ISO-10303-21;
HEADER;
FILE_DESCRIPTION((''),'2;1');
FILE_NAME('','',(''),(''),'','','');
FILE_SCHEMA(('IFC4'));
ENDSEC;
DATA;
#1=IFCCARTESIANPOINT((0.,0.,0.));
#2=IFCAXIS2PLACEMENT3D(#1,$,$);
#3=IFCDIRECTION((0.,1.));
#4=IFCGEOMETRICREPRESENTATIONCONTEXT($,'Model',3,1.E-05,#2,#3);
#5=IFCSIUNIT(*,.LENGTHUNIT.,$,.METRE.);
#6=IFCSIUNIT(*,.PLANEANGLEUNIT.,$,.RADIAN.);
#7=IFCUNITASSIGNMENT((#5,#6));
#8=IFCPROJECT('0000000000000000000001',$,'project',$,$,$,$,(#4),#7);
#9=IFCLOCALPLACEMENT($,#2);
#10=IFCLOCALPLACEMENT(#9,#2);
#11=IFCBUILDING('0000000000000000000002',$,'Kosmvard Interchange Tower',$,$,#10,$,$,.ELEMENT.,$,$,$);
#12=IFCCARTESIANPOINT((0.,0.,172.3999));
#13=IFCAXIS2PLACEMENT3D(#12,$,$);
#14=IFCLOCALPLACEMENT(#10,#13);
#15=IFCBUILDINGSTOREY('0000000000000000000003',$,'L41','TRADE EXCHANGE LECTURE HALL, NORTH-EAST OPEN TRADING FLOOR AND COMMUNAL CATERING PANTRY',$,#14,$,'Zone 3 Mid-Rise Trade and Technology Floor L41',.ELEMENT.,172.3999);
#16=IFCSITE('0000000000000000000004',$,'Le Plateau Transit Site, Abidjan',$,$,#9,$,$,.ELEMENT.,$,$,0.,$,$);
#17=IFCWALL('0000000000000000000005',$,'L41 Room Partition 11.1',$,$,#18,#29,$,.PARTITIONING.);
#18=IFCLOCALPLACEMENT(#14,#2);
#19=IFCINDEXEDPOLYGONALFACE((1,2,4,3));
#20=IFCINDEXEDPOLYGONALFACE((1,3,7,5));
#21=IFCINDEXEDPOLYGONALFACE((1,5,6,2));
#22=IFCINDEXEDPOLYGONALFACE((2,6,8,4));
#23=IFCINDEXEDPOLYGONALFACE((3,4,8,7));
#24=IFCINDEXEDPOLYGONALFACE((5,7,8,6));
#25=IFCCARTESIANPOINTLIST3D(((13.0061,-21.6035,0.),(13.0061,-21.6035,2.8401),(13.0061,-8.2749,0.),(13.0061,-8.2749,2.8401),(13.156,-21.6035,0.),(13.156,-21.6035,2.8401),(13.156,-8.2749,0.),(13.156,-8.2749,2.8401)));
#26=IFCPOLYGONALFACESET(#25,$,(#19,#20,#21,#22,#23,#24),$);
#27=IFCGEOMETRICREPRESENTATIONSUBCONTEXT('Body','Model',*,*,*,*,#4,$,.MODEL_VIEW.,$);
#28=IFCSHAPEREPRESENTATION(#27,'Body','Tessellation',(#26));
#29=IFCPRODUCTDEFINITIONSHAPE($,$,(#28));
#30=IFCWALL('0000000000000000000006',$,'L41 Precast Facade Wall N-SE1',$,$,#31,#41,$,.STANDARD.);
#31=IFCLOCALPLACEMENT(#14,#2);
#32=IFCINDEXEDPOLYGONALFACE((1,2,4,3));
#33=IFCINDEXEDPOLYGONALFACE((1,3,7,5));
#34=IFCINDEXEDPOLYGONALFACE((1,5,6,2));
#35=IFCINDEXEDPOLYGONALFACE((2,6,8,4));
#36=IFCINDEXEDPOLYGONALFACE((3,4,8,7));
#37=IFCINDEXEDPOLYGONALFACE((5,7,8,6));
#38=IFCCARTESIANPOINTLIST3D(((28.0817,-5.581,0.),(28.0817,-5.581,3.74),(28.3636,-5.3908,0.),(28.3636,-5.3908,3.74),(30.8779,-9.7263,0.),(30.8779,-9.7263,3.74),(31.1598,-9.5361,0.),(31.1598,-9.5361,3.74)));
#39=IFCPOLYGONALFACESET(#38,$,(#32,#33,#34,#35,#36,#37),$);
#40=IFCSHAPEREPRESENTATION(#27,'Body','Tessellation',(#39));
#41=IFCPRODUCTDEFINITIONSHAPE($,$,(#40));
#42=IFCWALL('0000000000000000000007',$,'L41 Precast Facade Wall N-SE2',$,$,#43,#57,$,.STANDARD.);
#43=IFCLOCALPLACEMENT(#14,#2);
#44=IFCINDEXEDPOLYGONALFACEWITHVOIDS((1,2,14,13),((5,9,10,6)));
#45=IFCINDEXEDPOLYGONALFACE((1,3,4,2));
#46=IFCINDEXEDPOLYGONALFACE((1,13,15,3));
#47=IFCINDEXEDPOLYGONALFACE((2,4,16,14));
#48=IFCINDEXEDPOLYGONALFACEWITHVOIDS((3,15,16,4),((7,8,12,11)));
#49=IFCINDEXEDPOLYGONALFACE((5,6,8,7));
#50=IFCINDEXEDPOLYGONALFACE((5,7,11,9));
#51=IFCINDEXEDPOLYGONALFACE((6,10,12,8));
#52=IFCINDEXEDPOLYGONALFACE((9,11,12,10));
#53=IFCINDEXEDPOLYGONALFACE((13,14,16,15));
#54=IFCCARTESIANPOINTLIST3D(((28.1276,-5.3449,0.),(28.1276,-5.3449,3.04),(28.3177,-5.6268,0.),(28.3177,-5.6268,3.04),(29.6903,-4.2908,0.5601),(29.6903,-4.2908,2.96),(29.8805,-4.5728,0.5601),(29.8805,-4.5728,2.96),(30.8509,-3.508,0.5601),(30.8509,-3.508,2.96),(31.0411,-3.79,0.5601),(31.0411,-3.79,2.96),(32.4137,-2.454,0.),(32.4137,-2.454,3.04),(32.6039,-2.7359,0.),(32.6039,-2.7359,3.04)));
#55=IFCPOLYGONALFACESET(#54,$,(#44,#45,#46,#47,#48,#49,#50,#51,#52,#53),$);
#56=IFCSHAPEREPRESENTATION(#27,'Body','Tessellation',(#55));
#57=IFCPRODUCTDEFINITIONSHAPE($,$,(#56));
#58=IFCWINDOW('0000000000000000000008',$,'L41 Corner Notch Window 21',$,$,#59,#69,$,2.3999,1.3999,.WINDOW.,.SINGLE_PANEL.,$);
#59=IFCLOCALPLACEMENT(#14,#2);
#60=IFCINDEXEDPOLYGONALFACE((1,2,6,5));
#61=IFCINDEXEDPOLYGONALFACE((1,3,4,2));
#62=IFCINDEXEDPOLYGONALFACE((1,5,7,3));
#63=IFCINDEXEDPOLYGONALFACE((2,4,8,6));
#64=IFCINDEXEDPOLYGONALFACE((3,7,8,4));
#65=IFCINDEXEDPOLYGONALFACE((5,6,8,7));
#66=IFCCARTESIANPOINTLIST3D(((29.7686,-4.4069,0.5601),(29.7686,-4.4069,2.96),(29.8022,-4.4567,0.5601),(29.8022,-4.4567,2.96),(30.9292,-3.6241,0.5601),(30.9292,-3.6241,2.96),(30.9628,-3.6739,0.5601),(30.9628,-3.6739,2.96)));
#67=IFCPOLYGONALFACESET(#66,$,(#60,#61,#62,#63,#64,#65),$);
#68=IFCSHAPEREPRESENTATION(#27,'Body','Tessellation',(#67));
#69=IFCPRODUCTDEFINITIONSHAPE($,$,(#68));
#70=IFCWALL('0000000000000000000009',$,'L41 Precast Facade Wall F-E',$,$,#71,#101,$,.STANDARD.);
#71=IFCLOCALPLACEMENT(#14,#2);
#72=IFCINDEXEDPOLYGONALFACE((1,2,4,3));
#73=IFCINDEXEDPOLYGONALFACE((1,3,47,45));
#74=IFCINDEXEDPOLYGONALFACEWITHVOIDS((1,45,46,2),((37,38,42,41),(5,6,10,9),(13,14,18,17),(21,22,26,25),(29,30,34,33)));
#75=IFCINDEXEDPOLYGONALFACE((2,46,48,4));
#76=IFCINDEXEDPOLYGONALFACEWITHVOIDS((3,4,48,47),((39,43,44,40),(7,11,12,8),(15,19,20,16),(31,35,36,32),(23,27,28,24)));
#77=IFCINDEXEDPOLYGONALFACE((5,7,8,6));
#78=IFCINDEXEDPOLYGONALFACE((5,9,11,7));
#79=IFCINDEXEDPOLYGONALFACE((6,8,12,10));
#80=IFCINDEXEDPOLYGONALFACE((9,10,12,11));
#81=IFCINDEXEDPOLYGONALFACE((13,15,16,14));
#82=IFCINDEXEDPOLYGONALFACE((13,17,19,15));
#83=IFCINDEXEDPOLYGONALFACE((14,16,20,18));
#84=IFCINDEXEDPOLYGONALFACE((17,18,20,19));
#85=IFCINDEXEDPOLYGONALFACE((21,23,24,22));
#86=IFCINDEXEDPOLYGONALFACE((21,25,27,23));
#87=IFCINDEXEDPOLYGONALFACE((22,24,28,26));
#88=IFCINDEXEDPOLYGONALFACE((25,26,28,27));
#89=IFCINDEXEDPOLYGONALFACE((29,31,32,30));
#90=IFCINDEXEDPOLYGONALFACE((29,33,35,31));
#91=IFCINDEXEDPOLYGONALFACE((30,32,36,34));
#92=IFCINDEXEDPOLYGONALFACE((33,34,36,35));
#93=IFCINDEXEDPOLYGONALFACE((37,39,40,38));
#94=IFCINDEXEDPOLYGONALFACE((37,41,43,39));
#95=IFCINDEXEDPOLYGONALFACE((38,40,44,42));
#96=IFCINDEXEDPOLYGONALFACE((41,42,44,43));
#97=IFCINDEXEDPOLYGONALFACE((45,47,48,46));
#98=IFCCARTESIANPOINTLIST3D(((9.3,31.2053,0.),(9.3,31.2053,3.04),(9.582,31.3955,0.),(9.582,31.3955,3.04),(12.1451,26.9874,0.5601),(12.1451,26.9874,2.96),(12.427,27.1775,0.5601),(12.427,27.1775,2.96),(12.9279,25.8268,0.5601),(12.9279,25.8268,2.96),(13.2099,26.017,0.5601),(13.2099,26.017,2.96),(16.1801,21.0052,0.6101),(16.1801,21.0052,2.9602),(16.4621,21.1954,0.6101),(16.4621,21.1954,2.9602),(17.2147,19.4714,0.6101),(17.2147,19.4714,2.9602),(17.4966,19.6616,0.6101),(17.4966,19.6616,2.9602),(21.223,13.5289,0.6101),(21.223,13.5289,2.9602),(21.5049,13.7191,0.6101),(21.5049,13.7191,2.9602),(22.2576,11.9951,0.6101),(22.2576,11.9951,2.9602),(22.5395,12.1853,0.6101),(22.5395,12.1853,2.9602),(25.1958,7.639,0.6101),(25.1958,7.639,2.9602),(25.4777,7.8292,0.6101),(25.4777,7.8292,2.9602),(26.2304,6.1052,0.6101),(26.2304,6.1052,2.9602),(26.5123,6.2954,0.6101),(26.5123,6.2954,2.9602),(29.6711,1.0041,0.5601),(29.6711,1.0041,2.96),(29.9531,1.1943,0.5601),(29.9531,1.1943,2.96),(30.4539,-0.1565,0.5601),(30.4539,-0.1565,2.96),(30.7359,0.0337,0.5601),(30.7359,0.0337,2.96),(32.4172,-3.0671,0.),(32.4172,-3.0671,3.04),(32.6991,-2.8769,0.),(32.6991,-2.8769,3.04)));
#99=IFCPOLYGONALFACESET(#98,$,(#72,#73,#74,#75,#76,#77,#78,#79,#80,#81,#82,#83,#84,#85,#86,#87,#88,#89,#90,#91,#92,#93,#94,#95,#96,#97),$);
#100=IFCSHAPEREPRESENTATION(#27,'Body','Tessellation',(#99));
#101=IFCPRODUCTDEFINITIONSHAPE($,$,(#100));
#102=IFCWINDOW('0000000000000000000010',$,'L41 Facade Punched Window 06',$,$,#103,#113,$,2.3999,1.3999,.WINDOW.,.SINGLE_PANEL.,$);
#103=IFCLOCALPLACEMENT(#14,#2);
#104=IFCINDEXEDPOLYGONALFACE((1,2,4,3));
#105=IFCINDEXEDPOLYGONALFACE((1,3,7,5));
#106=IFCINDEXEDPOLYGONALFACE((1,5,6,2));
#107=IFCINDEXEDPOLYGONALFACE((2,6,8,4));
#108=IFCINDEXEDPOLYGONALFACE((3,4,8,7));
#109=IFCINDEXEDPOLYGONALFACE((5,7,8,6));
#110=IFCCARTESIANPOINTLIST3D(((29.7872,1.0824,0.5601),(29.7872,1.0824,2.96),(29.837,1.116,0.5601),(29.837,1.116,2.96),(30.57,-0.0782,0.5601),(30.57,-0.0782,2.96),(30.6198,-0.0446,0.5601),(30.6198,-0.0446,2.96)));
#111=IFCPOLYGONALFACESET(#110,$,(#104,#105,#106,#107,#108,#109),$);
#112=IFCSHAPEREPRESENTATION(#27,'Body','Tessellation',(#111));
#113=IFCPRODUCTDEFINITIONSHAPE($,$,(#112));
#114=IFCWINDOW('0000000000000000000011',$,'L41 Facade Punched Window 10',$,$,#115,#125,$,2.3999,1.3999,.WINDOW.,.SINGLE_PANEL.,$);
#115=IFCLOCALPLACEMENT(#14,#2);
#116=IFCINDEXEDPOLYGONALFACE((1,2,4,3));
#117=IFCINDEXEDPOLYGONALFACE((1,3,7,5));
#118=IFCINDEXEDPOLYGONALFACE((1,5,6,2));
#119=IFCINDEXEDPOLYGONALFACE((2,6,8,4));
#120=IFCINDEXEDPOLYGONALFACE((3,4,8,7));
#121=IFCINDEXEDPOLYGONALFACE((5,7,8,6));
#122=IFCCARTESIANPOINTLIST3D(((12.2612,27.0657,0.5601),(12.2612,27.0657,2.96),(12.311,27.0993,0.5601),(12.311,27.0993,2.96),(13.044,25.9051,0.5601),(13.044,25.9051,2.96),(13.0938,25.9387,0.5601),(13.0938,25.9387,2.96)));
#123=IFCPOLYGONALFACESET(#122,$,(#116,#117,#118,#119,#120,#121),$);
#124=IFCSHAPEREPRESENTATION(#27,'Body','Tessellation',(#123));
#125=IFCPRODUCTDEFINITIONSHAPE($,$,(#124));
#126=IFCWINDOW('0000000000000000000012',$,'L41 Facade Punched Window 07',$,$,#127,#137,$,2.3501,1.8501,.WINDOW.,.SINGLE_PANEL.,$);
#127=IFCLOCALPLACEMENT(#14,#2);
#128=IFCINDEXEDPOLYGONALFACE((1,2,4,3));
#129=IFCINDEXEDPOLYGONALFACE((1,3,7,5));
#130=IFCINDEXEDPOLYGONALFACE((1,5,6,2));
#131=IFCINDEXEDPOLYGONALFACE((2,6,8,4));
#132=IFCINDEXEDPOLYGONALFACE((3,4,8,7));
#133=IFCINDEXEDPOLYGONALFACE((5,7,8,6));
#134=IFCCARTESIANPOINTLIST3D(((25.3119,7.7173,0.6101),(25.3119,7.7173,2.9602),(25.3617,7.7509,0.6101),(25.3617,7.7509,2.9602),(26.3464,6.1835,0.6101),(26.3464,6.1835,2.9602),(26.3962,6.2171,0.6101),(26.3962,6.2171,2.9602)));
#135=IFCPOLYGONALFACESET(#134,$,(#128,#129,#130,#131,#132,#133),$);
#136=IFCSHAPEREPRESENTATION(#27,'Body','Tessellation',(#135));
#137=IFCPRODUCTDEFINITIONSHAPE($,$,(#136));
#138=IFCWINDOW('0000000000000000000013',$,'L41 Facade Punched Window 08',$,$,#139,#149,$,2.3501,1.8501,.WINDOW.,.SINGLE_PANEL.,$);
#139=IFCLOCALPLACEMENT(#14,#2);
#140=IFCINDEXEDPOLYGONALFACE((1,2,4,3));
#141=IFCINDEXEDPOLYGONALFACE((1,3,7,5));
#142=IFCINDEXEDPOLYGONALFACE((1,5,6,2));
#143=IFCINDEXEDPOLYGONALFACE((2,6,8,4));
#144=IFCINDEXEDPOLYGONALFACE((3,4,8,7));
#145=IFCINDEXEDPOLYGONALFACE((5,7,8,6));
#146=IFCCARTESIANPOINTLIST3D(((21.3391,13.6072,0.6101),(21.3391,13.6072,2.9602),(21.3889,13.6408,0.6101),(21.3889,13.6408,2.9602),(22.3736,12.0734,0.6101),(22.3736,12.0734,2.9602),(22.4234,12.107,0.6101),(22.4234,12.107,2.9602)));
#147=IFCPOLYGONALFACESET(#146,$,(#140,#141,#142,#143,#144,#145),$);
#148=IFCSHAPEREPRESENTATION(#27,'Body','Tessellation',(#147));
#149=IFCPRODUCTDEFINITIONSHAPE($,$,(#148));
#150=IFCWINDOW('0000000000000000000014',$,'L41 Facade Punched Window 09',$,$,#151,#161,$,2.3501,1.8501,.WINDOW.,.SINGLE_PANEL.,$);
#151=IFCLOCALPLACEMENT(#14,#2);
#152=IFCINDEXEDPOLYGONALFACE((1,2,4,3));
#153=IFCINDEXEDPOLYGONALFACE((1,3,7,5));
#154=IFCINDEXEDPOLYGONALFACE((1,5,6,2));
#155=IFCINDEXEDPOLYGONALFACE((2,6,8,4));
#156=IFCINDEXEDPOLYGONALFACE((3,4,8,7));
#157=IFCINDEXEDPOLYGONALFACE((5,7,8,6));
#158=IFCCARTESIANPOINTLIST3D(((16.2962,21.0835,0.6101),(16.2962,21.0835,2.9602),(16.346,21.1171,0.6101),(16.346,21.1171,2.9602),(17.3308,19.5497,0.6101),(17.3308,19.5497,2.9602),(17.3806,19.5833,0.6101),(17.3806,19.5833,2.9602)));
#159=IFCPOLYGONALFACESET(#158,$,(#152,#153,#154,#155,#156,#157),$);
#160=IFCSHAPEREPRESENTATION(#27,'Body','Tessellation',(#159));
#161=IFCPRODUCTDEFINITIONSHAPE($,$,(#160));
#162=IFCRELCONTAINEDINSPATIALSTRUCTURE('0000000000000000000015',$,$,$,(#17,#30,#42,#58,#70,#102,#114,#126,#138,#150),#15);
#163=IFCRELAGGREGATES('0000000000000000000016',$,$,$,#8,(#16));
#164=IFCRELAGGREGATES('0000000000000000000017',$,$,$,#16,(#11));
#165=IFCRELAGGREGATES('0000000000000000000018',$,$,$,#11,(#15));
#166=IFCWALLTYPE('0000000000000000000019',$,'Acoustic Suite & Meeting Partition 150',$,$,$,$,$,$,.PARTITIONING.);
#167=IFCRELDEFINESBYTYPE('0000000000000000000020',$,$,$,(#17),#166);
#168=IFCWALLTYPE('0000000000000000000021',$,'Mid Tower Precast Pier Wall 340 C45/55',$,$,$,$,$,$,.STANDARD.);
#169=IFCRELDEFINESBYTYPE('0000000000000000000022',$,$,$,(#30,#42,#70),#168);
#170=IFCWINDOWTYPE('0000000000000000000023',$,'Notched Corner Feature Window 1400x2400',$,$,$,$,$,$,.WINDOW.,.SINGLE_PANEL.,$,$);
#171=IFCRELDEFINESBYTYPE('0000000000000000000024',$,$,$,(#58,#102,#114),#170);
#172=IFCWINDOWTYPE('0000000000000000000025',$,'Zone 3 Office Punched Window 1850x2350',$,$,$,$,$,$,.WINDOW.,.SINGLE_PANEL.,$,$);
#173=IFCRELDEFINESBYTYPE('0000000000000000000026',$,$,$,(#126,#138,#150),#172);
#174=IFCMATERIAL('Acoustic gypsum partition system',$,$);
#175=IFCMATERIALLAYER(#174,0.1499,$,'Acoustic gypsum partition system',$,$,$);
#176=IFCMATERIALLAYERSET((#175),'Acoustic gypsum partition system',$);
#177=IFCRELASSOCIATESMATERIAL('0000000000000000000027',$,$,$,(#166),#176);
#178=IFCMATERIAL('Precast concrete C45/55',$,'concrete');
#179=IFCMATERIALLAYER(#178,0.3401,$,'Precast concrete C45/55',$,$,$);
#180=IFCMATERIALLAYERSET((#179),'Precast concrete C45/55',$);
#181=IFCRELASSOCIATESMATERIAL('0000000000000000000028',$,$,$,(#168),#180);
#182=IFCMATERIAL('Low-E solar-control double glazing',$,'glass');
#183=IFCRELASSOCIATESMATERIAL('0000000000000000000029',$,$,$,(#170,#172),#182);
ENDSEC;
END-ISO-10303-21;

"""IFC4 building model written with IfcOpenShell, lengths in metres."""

from ifc_helpers import new_model, si_unit, direction, frame, frame_2d, origin, place, context, subcontext, project, spatial, rectangle, extrude, source, transform, mapped, material, layer, layer_set, type_object, element, fill, save


model = new_model("IFC4")

# Units and contexts
model_context = context("Model", 3, precision=1e-05, world=origin(), true_north=direction((0.0, 1.0)))
body_context = subcontext(model_context, "Body", "Model", "MODEL_VIEW")
ifc_project = project(units=[si_unit("LENGTHUNIT", "METRE"), si_unit("PLANEANGLEUNIT", "RADIAN")], contexts=[model_context])

# Site, building, storey
site_placement = place(None, origin())
site = spatial("IfcSite", under=ifc_project, at=site_placement, Name="Le Plateau Transit Site, Abidjan", CompositionType="ELEMENT", RefElevation=0.0)
building_placement = place(site_placement, origin())
building = spatial("IfcBuilding", under=site, at=building_placement, Name="Kosmvard Interchange Tower", CompositionType="ELEMENT")
storey_placement = place(building_placement, frame((0.0, 0.0, 172.3999)))
storey = spatial("IfcBuildingStorey", under=building, at=storey_placement, Name="L41", Description="TRADE EXCHANGE LECTURE HALL, NORTH-EAST OPEN TRADING FLOOR AND COMMUNAL CATERING PANTRY", LongName="Zone 3 Mid-Rise Trade and Technology Floor L41", CompositionType="ELEMENT", Elevation=172.3999)

# Shared definitions
ifc_material_1 = material(Name="Precast concrete C45/55", Category="concrete")

# Walls
ifc_material_2 = material(Name="Acoustic gypsum partition system")
ifc_layer_1 = layer(ifc_material_2, 0.1499, Name="Acoustic gypsum partition system")
ifc_layer_set_1 = layer_set([ifc_layer_1], Name="Acoustic gypsum partition system")
wall_type_1 = type_object("IfcWallType", Name="Acoustic Suite & Meeting Partition 150", PredefinedType="PARTITIONING", material=ifc_layer_set_1)
wall_1_placement = place(storey_placement, frame((13.0811, -8.2749, 0.0), z_axis=(0.0, 0.0, 1.0), x_axis=(0.0, -1.0, 0.0)))
element("IfcWall", 1, at=wall_1_placement, inside=storey, type_object=wall_type_1, Name="L41 Room Partition 11.1", PredefinedType="PARTITIONING", context=body_context, shape_type="SweptSolid", body=[
    extrude(rectangle(XDim=13.3286, YDim=0.1499, at=frame_2d((6.6643, 0.0))), origin(), (0.0, 0.0, 1.0), 2.8401),
])
ifc_layer_2 = layer(ifc_material_1, 0.3401, Name="Precast concrete C45/55")
ifc_layer_set_2 = layer_set([ifc_layer_2], Name="Precast concrete C45/55")
wall_type_2 = type_object("IfcWallType", Name="Mid Tower Precast Pier Wall 340 C45/55", PredefinedType="STANDARD", material=ifc_layer_set_2)
wall_2_placement = place(storey_placement, frame((31.0188, -9.6311, 0.0), z_axis=(0.0, 0.0, 1.0), x_axis=(-0.55921, 0.829026, 0.0)))
element("IfcWall", 2, at=wall_2_placement, inside=storey, type_object=wall_type_2, Name="L41 Precast Facade Wall N-SE1", PredefinedType="STANDARD", context=body_context, shape_type="SweptSolid", body=[
    extrude(rectangle(XDim=5.0002, YDim=0.3401, at=frame_2d((2.5, 0.0))), origin(), (0.0, 0.0, 1.0), 3.74),
])

# Wall, opening, window
wall_3_placement = place(storey_placement, frame((28.2227, -5.4858, 0.0), z_axis=(0.0, 0.0, 1.0), x_axis=(0.829052, 0.559171, 0.0)))
wall_3 = element("IfcWall", 3, at=wall_3_placement, inside=storey, type_object=wall_type_2, Name="L41 Precast Facade Wall N-SE2", PredefinedType="STANDARD", context=body_context, shape_type="SweptSolid", body=[
    extrude(rectangle(XDim=5.1699, YDim=0.3401, at=frame_2d((2.585, 0.0))), origin(), (0.0, 0.0, 1.0), 3.04),
])
opening_1_placement = place(wall_3_placement, frame((1.885, 0.0, 0.5601)))
opening_1 = element("IfcOpeningElement", 4, at=opening_1_placement, cuts=wall_3, PredefinedType="OPENING", context=body_context, shape_type="SweptSolid", body=[
    extrude(rectangle(XDim=1.3999, YDim=2.3999, at=frame_2d((0.7, 1.2))), frame((0.0, 0.1802, 0.0), z_axis=(0.0, -1.0, 0.0), x_axis=(1.0, 0.0, 0.0)), (0.0, 0.0, 1.0), 0.3601),
])
ifc_material_3 = material(Name="Low-E solar-control double glazing", Category="glass")
window_type_1 = type_object("IfcWindowType", Name="Notched Corner Feature Window 1400x2400", PartitioningType="SINGLE_PANEL", PredefinedType="WINDOW", material=ifc_material_3)
shared_shape_1 = source(origin(), body_context, "Body", "SweptSolid", [
    extrude(rectangle(XDim=1.3999, YDim=2.3999, at=frame_2d((0.7, 1.2))), frame((0.0, 0.03, 0.0), z_axis=(0.0, -1.0, 0.0), x_axis=(1.0, 0.0, 0.0)), (0.0, 0.0, 1.0), 0.0601),
])
window_1_placement = place(opening_1_placement, origin())
window_1 = element("IfcWindow", 5, at=window_1_placement, inside=storey, type_object=window_type_1, Name="L41 Corner Notch Window 21", OverallHeight=2.3999, OverallWidth=1.3999, PartitioningType="SINGLE_PANEL", PredefinedType="WINDOW", context=body_context, shape_type="MappedRepresentation", body=[
    mapped(shared_shape_1, transform((0.0, 0.0, 0.0), scale=1.0)),
])
fill(opening_1, window_1)

# Wall, openings, windows
wall_4_placement = place(storey_placement, frame((32.5581, -2.9719, 0.0), z_axis=(0.0, 0.0, 1.0), x_axis=(-0.559195, 0.829036, 0.0)))
wall_4 = element("IfcWall", 6, at=wall_4_placement, inside=storey, type_object=wall_type_2, Name="L41 Precast Facade Wall F-E", PredefinedType="STANDARD", context=body_context, shape_type="SweptSolid", body=[
    extrude(rectangle(XDim=41.3401, YDim=0.3401, at=frame_2d((20.6699, 0.0))), origin(), (0.0, 0.0, 1.0), 3.04),
])
opening_2_placement = place(wall_4_placement, frame((3.5107, 0.0, 0.5601)))
opening_2 = element("IfcOpeningElement", 7, at=opening_2_placement, cuts=wall_4, PredefinedType="OPENING", context=body_context, shape_type="SweptSolid", body=[
    extrude(rectangle(XDim=1.3999, YDim=2.3999, at=frame_2d((0.7, 1.2))), frame((0.0, 0.1802, 0.0), z_axis=(0.0, -1.0, 0.0), x_axis=(1.0, 0.0, 0.0)), (0.0, 0.0, 1.0), 0.3601),
])
opening_3_placement = place(wall_4_placement, frame((11.0637, 0.0, 0.6101)))
opening_3 = element("IfcOpeningElement", 8, at=opening_3_placement, cuts=wall_4, PredefinedType="OPENING", context=body_context, shape_type="SweptSolid", body=[
    extrude(rectangle(XDim=1.8501, YDim=2.3501, at=frame_2d((0.925, 1.175))), frame((0.0, 0.1802, 0.0), z_axis=(0.0, -1.0, 0.0), x_axis=(1.0, 0.0, 0.0)), (0.0, 0.0, 1.0), 0.3601),
])
opening_4_placement = place(wall_4_placement, frame((18.1682, 0.0, 0.6101)))
opening_4 = element("IfcOpeningElement", 9, at=opening_4_placement, cuts=wall_4, PredefinedType="OPENING", context=body_context, shape_type="SweptSolid", body=[
    extrude(rectangle(XDim=1.8501, YDim=2.3501, at=frame_2d((0.925, 1.175))), frame((0.0, 0.1802, 0.0), z_axis=(0.0, -1.0, 0.0), x_axis=(1.0, 0.0, 0.0)), (0.0, 0.0, 1.0), 0.3601),
])
opening_5_placement = place(wall_4_placement, frame((27.1863, 0.0, 0.6101)))
opening_5 = element("IfcOpeningElement", 10, at=opening_5_placement, cuts=wall_4, PredefinedType="OPENING", context=body_context, shape_type="SweptSolid", body=[
    extrude(rectangle(XDim=1.8501, YDim=2.3501, at=frame_2d((0.925, 1.175))), frame((0.0, 0.1802, 0.0), z_axis=(0.0, -1.0, 0.0), x_axis=(1.0, 0.0, 0.0)), (0.0, 0.0, 1.0), 0.3601),
])
opening_6_placement = place(wall_4_placement, frame((34.8523, 0.0, 0.5601)))
opening_6 = element("IfcOpeningElement", 11, at=opening_6_placement, cuts=wall_4, PredefinedType="OPENING", context=body_context, shape_type="SweptSolid", body=[
    extrude(rectangle(XDim=1.3999, YDim=2.3999, at=frame_2d((0.7, 1.2))), frame((0.0, 0.1802, 0.0), z_axis=(0.0, -1.0, 0.0), x_axis=(1.0, 0.0, 0.0)), (0.0, 0.0, 1.0), 0.3601),
])
window_2_placement = place(opening_2_placement, origin())
window_2 = element("IfcWindow", 12, at=window_2_placement, inside=storey, type_object=window_type_1, Name="L41 Facade Punched Window 06", OverallHeight=2.3999, OverallWidth=1.3999, PartitioningType="SINGLE_PANEL", PredefinedType="WINDOW", context=body_context, shape_type="MappedRepresentation", body=[
    mapped(shared_shape_1, transform((0.0, 0.0, 0.0), scale=1.0)),
])
fill(opening_2, window_2)
window_3_placement = place(opening_6_placement, origin())
window_3 = element("IfcWindow", 13, at=window_3_placement, inside=storey, type_object=window_type_1, Name="L41 Facade Punched Window 10", OverallHeight=2.3999, OverallWidth=1.3999, PartitioningType="SINGLE_PANEL", PredefinedType="WINDOW", context=body_context, shape_type="MappedRepresentation", body=[
    mapped(shared_shape_1, transform((0.0, 0.0, 0.0), scale=1.0)),
])
fill(opening_6, window_3)
window_type_2 = type_object("IfcWindowType", Name="Zone 3 Office Punched Window 1850x2350", PartitioningType="SINGLE_PANEL", PredefinedType="WINDOW", material=ifc_material_3)
shared_shape_2 = source(origin(), body_context, "Body", "SweptSolid", [
    extrude(rectangle(XDim=1.8501, YDim=2.3501, at=frame_2d((0.925, 1.175))), frame((0.0, 0.03, 0.0), z_axis=(0.0, -1.0, 0.0), x_axis=(1.0, 0.0, 0.0)), (0.0, 0.0, 1.0), 0.0601),
])
window_4_placement = place(opening_3_placement, origin())
window_4 = element("IfcWindow", 14, at=window_4_placement, inside=storey, type_object=window_type_2, Name="L41 Facade Punched Window 07", OverallHeight=2.3501, OverallWidth=1.8501, PartitioningType="SINGLE_PANEL", PredefinedType="WINDOW", context=body_context, shape_type="MappedRepresentation", body=[
    mapped(shared_shape_2, transform((0.0, 0.0, 0.0), scale=1.0)),
])
fill(opening_3, window_4)
window_5_placement = place(opening_4_placement, origin())
window_5 = element("IfcWindow", 15, at=window_5_placement, inside=storey, type_object=window_type_2, Name="L41 Facade Punched Window 08", OverallHeight=2.3501, OverallWidth=1.8501, PartitioningType="SINGLE_PANEL", PredefinedType="WINDOW", context=body_context, shape_type="MappedRepresentation", body=[
    mapped(shared_shape_2, transform((0.0, 0.0, 0.0), scale=1.0)),
])
fill(opening_4, window_5)
window_6_placement = place(opening_5_placement, origin())
window_6 = element("IfcWindow", 16, at=window_6_placement, inside=storey, type_object=window_type_2, Name="L41 Facade Punched Window 09", OverallHeight=2.3501, OverallWidth=1.8501, PartitioningType="SINGLE_PANEL", PredefinedType="WINDOW", context=body_context, shape_type="MappedRepresentation", body=[
    mapped(shared_shape_2, transform((0.0, 0.0, 0.0), scale=1.0)),
])
fill(opening_5, window_6)

save(model, "model.ifc")
